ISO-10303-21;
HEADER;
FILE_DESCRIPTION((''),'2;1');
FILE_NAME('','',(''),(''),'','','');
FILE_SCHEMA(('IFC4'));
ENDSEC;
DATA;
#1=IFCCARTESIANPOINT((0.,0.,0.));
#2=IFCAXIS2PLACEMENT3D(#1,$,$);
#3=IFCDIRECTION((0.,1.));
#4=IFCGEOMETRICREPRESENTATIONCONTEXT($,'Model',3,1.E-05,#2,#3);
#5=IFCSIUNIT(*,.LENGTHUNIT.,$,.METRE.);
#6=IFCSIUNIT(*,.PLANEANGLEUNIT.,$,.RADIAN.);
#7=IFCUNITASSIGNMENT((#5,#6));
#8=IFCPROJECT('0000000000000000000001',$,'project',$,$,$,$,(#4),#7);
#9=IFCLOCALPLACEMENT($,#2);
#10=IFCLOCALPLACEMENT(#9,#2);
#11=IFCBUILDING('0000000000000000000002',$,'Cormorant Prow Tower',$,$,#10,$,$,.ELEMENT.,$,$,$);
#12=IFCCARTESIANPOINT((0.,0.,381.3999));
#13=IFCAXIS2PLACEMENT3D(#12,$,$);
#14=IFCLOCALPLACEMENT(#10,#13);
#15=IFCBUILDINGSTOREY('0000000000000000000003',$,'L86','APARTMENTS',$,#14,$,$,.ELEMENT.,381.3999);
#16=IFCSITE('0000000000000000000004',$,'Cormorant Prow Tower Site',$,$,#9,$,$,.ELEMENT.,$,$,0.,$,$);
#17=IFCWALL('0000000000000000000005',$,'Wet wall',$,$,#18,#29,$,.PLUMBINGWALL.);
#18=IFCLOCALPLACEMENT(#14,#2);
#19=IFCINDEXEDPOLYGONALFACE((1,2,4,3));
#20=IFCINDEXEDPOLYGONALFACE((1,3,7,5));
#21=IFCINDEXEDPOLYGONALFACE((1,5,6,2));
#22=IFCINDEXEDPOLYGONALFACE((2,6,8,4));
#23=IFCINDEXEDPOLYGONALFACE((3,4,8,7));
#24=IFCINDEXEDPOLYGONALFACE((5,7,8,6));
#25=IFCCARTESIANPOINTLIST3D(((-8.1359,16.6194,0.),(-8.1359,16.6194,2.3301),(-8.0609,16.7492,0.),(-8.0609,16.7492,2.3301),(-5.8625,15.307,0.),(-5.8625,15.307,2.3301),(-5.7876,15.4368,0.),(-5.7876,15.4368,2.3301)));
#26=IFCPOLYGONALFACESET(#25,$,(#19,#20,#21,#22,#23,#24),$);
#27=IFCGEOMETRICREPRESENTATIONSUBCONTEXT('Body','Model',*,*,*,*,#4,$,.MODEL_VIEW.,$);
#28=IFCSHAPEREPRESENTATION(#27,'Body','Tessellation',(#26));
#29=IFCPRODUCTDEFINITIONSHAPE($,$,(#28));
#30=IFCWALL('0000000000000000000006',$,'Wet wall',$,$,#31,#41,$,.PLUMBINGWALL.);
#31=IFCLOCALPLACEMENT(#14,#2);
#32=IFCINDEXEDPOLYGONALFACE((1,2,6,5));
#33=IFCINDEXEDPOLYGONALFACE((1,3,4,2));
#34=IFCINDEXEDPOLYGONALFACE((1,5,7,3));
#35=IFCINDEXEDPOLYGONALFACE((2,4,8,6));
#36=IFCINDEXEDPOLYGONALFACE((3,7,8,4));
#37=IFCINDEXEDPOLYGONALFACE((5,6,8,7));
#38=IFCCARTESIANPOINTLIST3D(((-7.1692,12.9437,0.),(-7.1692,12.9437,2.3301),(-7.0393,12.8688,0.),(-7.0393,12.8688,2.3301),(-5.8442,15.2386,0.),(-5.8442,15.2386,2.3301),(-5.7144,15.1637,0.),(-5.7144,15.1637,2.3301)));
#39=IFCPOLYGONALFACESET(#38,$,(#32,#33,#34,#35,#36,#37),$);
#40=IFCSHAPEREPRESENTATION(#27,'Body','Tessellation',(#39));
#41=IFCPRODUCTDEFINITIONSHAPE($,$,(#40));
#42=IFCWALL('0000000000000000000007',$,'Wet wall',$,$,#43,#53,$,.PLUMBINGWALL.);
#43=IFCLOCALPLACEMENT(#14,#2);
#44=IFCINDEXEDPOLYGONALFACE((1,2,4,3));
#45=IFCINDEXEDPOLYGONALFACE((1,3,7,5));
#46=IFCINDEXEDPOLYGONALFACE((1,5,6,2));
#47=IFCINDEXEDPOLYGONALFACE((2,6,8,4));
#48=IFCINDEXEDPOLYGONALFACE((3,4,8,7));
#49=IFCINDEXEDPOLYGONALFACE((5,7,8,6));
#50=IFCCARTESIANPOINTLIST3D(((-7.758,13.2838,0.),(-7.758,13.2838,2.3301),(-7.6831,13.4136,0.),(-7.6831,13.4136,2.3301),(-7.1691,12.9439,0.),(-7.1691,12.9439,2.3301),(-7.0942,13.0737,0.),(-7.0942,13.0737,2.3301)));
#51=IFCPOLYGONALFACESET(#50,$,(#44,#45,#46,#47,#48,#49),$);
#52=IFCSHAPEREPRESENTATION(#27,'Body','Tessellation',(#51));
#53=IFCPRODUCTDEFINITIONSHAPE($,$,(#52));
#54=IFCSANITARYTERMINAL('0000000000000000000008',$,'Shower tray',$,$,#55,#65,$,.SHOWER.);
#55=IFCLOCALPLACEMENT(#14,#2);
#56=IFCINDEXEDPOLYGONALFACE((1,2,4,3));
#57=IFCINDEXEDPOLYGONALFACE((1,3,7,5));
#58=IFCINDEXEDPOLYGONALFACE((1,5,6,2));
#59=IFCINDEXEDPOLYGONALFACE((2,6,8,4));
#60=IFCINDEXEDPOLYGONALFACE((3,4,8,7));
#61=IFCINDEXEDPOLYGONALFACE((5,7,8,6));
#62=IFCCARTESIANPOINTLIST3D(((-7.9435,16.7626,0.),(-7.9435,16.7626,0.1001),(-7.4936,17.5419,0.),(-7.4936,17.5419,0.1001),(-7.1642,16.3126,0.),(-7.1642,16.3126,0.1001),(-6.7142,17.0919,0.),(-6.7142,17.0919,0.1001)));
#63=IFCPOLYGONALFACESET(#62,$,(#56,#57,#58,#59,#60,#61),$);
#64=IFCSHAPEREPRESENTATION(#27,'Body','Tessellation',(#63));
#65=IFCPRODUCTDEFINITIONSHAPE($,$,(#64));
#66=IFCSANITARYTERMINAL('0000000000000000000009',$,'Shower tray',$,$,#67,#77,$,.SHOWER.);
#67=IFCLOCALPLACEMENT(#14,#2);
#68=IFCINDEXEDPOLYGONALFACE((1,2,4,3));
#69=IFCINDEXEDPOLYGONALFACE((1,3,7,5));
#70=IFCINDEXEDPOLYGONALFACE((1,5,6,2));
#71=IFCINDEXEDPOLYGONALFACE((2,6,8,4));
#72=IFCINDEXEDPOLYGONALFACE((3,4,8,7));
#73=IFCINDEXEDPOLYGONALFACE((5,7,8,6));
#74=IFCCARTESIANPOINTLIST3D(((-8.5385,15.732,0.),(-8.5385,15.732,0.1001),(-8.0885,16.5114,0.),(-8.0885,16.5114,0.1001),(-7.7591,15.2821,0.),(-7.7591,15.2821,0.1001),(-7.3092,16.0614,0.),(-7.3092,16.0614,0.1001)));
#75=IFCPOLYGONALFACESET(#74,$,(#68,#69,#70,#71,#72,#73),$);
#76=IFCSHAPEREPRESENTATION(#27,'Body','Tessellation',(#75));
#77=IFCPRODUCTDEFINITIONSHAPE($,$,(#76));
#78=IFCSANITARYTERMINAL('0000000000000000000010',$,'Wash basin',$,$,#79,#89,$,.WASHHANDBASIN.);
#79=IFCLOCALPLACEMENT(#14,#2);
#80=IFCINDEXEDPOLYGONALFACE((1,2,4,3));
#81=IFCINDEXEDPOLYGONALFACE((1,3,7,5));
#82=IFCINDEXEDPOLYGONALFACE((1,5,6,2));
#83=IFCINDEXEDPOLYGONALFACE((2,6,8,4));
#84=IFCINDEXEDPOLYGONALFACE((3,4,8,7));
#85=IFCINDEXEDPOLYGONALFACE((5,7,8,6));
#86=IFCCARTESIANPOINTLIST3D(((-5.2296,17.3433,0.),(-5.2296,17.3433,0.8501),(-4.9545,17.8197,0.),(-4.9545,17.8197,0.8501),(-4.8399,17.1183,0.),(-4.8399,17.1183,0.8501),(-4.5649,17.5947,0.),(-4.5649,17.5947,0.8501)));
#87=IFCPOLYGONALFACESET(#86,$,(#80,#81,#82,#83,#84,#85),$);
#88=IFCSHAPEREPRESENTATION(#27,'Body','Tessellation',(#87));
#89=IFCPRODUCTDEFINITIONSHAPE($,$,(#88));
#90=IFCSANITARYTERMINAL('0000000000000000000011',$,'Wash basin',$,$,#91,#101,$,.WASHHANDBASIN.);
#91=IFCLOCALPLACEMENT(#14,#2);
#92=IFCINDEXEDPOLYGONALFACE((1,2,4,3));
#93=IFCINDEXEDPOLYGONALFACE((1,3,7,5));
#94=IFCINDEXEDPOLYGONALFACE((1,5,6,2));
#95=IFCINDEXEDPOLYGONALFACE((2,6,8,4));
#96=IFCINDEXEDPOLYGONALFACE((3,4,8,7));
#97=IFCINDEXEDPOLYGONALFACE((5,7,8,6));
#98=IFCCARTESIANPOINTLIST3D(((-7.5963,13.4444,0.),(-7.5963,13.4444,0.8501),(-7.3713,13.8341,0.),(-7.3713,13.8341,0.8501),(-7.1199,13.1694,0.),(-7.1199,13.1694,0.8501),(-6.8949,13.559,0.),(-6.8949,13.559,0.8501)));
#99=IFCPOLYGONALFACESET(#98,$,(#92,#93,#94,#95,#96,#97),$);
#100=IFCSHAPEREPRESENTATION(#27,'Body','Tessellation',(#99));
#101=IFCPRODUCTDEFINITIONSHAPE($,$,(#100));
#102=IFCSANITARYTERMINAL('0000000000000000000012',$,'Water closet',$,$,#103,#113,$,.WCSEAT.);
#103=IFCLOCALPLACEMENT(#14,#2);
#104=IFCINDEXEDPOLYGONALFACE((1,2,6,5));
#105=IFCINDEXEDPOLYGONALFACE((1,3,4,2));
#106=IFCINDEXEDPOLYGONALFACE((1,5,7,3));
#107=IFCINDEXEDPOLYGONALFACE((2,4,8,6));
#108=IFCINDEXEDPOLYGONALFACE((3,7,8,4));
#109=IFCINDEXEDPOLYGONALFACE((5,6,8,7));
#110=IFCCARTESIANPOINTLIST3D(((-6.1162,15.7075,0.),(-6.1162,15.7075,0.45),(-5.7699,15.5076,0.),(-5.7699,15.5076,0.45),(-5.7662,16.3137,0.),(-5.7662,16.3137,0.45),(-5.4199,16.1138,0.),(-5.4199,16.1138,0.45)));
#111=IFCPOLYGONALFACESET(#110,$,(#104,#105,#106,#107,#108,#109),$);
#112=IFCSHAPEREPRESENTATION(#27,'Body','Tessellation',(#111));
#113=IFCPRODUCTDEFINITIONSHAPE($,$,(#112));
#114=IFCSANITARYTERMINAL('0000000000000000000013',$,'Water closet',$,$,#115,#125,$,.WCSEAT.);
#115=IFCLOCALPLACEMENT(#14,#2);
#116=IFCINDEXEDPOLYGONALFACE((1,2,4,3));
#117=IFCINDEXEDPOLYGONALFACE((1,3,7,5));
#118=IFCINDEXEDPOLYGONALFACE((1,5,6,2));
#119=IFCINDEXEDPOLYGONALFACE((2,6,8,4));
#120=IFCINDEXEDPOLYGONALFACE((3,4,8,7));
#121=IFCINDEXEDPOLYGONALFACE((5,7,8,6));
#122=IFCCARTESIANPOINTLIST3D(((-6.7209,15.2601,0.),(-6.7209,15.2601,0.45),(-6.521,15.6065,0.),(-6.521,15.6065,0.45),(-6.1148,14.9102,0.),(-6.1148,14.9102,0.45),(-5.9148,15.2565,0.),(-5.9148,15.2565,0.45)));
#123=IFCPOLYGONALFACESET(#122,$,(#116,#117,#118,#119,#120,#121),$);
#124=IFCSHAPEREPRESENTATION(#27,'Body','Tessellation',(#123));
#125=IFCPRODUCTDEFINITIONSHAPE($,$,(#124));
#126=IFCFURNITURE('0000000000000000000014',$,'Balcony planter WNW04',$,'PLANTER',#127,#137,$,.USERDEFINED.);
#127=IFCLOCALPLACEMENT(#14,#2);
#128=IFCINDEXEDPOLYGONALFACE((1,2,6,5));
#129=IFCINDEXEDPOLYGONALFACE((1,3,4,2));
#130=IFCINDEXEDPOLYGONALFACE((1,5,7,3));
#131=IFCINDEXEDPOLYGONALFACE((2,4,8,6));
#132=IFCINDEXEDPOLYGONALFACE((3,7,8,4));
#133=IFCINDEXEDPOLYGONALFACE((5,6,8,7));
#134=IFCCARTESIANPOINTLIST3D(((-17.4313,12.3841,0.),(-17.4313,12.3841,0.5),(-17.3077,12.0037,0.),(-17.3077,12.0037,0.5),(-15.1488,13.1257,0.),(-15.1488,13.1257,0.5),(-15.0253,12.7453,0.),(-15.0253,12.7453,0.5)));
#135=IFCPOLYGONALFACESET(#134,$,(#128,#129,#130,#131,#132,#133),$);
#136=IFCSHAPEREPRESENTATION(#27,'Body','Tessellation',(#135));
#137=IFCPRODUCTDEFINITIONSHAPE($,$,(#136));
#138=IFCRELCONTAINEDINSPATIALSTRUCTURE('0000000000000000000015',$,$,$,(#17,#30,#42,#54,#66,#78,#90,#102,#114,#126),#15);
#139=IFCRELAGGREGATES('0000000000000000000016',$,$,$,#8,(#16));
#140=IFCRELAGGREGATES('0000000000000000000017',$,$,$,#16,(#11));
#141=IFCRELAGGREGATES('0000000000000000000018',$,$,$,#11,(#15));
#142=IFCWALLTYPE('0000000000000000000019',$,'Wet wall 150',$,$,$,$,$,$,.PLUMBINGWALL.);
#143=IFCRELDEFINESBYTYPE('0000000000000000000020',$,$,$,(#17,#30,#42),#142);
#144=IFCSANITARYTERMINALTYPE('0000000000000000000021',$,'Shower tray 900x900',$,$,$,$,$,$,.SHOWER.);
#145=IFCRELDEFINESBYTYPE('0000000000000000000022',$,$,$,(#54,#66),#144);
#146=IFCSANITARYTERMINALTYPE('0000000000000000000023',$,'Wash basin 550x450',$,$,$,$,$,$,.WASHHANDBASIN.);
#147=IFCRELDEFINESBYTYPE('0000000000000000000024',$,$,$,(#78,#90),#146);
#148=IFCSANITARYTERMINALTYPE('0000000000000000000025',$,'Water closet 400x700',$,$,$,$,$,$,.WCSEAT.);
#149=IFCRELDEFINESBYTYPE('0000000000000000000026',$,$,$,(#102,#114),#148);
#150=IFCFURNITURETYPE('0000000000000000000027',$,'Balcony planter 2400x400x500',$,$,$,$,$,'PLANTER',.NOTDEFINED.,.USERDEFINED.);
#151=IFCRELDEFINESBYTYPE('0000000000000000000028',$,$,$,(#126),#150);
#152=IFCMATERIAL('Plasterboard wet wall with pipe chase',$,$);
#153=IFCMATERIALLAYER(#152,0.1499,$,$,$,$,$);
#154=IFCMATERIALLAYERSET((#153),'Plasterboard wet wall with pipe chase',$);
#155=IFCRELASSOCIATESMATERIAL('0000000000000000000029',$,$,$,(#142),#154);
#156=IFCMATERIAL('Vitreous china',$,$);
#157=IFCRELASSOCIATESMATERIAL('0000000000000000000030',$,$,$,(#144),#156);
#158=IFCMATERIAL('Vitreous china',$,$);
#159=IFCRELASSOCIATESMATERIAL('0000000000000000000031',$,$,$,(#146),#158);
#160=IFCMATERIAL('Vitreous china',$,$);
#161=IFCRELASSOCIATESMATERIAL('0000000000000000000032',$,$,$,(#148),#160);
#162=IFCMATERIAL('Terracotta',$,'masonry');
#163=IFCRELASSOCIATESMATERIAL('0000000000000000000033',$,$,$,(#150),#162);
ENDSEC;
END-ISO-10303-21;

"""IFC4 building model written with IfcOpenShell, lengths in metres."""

from ifc_helpers import new_model, si_unit, direction, frame, frame_2d, origin, origin_2d, place, context, subcontext, project, spatial, rectangle, extrude, material, layer, layer_set, type_object, element, save


model = new_model("IFC4")

# Units and contexts
model_context = context("Model", 3, precision=1e-05, world=origin(), true_north=direction((0.0, 1.0)))
body_context = subcontext(model_context, "Body", "Model", "MODEL_VIEW")
ifc_project = project(units=[si_unit("LENGTHUNIT", "METRE"), si_unit("PLANEANGLEUNIT", "RADIAN")], contexts=[model_context])

# Site, building, storey
site_placement = place(None, origin())
site = spatial("IfcSite", under=ifc_project, at=site_placement, Name="Cormorant Prow Tower Site", CompositionType="ELEMENT", RefElevation=0.0)
building_placement = place(site_placement, origin())
building = spatial("IfcBuilding", under=site, at=building_placement, Name="Cormorant Prow Tower", CompositionType="ELEMENT")
storey_placement = place(building_placement, frame((0.0, 0.0, 381.3999)))
storey = spatial("IfcBuildingStorey", under=building, at=storey_placement, Name="L86", Description="APARTMENTS", CompositionType="ELEMENT", Elevation=381.3999)

# Walls
ifc_material_1 = material(Name="Plasterboard wet wall with pipe chase")
ifc_layer_1 = layer(ifc_material_1, 0.1499)
ifc_layer_set_1 = layer_set([ifc_layer_1], Name="Plasterboard wet wall with pipe chase")
wall_type_1 = type_object("IfcWallType", Name="Wet wall 150", PredefinedType="PLUMBINGWALL", material=ifc_layer_set_1)
wall_1_placement = place(storey_placement, frame((-8.0984, 16.6843, 0.0), z_axis=(0.0, 0.0, 1.0), x_axis=(0.866037, -0.49998, 0.0)))
element("IfcWall", 1, at=wall_1_placement, inside=storey, type_object=wall_type_1, Name="Wet wall", PredefinedType="PLUMBINGWALL", context=body_context, shape_type="SweptSolid", body=[
    extrude(rectangle(XDim=2.625, YDim=0.1499, at=frame_2d((1.3125, 0.0))), origin(), (0.0, 0.0, 1.0), 2.3301),
])
wall_2_placement = place(storey_placement, frame((-7.1042, 12.9062, 0.0), z_axis=(0.0, 0.0, 1.0), x_axis=(0.499994, 0.866029, 0.0)))
element("IfcWall", 2, at=wall_2_placement, inside=storey, type_object=wall_type_1, Name="Wet wall", PredefinedType="PLUMBINGWALL", context=body_context, shape_type="SweptSolid", body=[
    extrude(rectangle(XDim=2.6499, YDim=0.1499, at=frame_2d((1.325, 0.0))), origin(), (0.0, 0.0, 1.0), 2.3301),
])
wall_3_placement = place(storey_placement, frame((-7.7205, 13.3486, 0.0), z_axis=(0.0, 0.0, 1.0), x_axis=(0.866114, -0.499847, 0.0)))
element("IfcWall", 3, at=wall_3_placement, inside=storey, type_object=wall_type_1, Name="Wet wall", PredefinedType="PLUMBINGWALL", context=body_context, shape_type="SweptSolid", body=[
    extrude(rectangle(XDim=0.6799, YDim=0.1499, at=frame_2d((0.3398, 0.0))), origin(), (0.0, 0.0, 1.0), 2.3301),
])

# Sanitary terminals
ifc_material_2 = material(Name="Vitreous china")
sanitary_terminal_type_1 = type_object("IfcSanitaryTerminalType", Name="Shower tray 900x900", PredefinedType="SHOWER", material=ifc_material_2)
for number, where, z_axis, x_axis, name in (
    (4, (-7.3289, 16.9272, 0.0), (0.0, 0.0, 1.0), (0.5, 0.866025, 0.0), "Shower tray"),
    (5, (-7.9238, 15.8967, 0.0), (0.0, 0.0, 1.0), (0.866025, -0.5, 0.0), "Shower tray"),
):
    element("IfcSanitaryTerminal", number, at=place(storey_placement, frame(where, z_axis=z_axis, x_axis=x_axis)), inside=storey, type_object=sanitary_terminal_type_1, Name=name, PredefinedType="SHOWER", context=body_context, shape_type="SweptSolid", body=[
        extrude(rectangle(XDim=0.8999, YDim=0.8999, at=origin_2d()), origin(), (0.0, 0.0, 1.0), 0.1001),
    ])
ifc_material_3 = material(Name="Vitreous china")
sanitary_terminal_type_2 = type_object("IfcSanitaryTerminalType", Name="Wash basin 550x450", PredefinedType="WASHHANDBASIN", material=ifc_material_3)
for number, where, z_axis, x_axis, name in (
    (6, (-4.8972, 17.469, 0.0), (0.0, 0.0, 1.0), (-0.5, -0.866025, 0.0), "Wash basin"),
    (7, (-7.2456, 13.5017, 0.0), (0.0, 0.0, 1.0), (-0.866025, 0.5, 0.0), "Wash basin"),
):
    element("IfcSanitaryTerminal", number, at=place(storey_placement, frame(where, z_axis=z_axis, x_axis=x_axis)), inside=storey, type_object=sanitary_terminal_type_2, Name=name, PredefinedType="WASHHANDBASIN", context=body_context, shape_type="SweptSolid", body=[
        extrude(rectangle(XDim=0.55, YDim=0.45, at=origin_2d()), origin(), (0.0, 0.0, 1.0), 0.8501),
    ])
ifc_material_4 = material(Name="Vitreous china")
sanitary_terminal_type_3 = type_object("IfcSanitaryTerminalType", Name="Water closet 400x700", PredefinedType="WCSEAT", material=ifc_material_4)
for number, where, z_axis, x_axis, name in (
    (8, (-5.7681, 15.9106, 0.0), (0.0, 0.0, 1.0), (-0.866025, 0.5, 0.0), "Water closet"),
    (9, (-6.3179, 15.2583, 0.0), (0.0, 0.0, 1.0), (-0.5, -0.866025, 0.0), "Water closet"),
):
    element("IfcSanitaryTerminal", number, at=place(storey_placement, frame(where, z_axis=z_axis, x_axis=x_axis)), inside=storey, type_object=sanitary_terminal_type_3, Name=name, PredefinedType="WCSEAT", context=body_context, shape_type="SweptSolid", body=[
        extrude(rectangle(XDim=0.3999, YDim=0.7, at=origin_2d()), origin(), (0.0, 0.0, 1.0), 0.45),
    ])

# Furniture
ifc_material_5 = material(Name="Terracotta", Category="masonry")
furniture_type = type_object("IfcFurnitureType", Name="Balcony planter 2400x400x500", ElementType="PLANTER", AssemblyPlace="NOTDEFINED", PredefinedType="USERDEFINED", material=ifc_material_5)
furniture_placement = place(storey_placement, frame((-16.2283, 12.5647, 0.0), z_axis=(0.0, 0.0, 1.0), x_axis=(-0.951057, -0.309017, 0.0)))
element("IfcFurniture", 10, at=furniture_placement, inside=storey, type_object=furniture_type, Name="Balcony planter WNW04", ObjectType="PLANTER", PredefinedType="USERDEFINED", context=body_context, shape_type="SweptSolid", body=[
    extrude(rectangle(XDim=2.3999, YDim=0.3999, at=origin_2d()), origin(), (0.0, 0.0, 1.0), 0.5),
])

save(model, "model.ifc")
